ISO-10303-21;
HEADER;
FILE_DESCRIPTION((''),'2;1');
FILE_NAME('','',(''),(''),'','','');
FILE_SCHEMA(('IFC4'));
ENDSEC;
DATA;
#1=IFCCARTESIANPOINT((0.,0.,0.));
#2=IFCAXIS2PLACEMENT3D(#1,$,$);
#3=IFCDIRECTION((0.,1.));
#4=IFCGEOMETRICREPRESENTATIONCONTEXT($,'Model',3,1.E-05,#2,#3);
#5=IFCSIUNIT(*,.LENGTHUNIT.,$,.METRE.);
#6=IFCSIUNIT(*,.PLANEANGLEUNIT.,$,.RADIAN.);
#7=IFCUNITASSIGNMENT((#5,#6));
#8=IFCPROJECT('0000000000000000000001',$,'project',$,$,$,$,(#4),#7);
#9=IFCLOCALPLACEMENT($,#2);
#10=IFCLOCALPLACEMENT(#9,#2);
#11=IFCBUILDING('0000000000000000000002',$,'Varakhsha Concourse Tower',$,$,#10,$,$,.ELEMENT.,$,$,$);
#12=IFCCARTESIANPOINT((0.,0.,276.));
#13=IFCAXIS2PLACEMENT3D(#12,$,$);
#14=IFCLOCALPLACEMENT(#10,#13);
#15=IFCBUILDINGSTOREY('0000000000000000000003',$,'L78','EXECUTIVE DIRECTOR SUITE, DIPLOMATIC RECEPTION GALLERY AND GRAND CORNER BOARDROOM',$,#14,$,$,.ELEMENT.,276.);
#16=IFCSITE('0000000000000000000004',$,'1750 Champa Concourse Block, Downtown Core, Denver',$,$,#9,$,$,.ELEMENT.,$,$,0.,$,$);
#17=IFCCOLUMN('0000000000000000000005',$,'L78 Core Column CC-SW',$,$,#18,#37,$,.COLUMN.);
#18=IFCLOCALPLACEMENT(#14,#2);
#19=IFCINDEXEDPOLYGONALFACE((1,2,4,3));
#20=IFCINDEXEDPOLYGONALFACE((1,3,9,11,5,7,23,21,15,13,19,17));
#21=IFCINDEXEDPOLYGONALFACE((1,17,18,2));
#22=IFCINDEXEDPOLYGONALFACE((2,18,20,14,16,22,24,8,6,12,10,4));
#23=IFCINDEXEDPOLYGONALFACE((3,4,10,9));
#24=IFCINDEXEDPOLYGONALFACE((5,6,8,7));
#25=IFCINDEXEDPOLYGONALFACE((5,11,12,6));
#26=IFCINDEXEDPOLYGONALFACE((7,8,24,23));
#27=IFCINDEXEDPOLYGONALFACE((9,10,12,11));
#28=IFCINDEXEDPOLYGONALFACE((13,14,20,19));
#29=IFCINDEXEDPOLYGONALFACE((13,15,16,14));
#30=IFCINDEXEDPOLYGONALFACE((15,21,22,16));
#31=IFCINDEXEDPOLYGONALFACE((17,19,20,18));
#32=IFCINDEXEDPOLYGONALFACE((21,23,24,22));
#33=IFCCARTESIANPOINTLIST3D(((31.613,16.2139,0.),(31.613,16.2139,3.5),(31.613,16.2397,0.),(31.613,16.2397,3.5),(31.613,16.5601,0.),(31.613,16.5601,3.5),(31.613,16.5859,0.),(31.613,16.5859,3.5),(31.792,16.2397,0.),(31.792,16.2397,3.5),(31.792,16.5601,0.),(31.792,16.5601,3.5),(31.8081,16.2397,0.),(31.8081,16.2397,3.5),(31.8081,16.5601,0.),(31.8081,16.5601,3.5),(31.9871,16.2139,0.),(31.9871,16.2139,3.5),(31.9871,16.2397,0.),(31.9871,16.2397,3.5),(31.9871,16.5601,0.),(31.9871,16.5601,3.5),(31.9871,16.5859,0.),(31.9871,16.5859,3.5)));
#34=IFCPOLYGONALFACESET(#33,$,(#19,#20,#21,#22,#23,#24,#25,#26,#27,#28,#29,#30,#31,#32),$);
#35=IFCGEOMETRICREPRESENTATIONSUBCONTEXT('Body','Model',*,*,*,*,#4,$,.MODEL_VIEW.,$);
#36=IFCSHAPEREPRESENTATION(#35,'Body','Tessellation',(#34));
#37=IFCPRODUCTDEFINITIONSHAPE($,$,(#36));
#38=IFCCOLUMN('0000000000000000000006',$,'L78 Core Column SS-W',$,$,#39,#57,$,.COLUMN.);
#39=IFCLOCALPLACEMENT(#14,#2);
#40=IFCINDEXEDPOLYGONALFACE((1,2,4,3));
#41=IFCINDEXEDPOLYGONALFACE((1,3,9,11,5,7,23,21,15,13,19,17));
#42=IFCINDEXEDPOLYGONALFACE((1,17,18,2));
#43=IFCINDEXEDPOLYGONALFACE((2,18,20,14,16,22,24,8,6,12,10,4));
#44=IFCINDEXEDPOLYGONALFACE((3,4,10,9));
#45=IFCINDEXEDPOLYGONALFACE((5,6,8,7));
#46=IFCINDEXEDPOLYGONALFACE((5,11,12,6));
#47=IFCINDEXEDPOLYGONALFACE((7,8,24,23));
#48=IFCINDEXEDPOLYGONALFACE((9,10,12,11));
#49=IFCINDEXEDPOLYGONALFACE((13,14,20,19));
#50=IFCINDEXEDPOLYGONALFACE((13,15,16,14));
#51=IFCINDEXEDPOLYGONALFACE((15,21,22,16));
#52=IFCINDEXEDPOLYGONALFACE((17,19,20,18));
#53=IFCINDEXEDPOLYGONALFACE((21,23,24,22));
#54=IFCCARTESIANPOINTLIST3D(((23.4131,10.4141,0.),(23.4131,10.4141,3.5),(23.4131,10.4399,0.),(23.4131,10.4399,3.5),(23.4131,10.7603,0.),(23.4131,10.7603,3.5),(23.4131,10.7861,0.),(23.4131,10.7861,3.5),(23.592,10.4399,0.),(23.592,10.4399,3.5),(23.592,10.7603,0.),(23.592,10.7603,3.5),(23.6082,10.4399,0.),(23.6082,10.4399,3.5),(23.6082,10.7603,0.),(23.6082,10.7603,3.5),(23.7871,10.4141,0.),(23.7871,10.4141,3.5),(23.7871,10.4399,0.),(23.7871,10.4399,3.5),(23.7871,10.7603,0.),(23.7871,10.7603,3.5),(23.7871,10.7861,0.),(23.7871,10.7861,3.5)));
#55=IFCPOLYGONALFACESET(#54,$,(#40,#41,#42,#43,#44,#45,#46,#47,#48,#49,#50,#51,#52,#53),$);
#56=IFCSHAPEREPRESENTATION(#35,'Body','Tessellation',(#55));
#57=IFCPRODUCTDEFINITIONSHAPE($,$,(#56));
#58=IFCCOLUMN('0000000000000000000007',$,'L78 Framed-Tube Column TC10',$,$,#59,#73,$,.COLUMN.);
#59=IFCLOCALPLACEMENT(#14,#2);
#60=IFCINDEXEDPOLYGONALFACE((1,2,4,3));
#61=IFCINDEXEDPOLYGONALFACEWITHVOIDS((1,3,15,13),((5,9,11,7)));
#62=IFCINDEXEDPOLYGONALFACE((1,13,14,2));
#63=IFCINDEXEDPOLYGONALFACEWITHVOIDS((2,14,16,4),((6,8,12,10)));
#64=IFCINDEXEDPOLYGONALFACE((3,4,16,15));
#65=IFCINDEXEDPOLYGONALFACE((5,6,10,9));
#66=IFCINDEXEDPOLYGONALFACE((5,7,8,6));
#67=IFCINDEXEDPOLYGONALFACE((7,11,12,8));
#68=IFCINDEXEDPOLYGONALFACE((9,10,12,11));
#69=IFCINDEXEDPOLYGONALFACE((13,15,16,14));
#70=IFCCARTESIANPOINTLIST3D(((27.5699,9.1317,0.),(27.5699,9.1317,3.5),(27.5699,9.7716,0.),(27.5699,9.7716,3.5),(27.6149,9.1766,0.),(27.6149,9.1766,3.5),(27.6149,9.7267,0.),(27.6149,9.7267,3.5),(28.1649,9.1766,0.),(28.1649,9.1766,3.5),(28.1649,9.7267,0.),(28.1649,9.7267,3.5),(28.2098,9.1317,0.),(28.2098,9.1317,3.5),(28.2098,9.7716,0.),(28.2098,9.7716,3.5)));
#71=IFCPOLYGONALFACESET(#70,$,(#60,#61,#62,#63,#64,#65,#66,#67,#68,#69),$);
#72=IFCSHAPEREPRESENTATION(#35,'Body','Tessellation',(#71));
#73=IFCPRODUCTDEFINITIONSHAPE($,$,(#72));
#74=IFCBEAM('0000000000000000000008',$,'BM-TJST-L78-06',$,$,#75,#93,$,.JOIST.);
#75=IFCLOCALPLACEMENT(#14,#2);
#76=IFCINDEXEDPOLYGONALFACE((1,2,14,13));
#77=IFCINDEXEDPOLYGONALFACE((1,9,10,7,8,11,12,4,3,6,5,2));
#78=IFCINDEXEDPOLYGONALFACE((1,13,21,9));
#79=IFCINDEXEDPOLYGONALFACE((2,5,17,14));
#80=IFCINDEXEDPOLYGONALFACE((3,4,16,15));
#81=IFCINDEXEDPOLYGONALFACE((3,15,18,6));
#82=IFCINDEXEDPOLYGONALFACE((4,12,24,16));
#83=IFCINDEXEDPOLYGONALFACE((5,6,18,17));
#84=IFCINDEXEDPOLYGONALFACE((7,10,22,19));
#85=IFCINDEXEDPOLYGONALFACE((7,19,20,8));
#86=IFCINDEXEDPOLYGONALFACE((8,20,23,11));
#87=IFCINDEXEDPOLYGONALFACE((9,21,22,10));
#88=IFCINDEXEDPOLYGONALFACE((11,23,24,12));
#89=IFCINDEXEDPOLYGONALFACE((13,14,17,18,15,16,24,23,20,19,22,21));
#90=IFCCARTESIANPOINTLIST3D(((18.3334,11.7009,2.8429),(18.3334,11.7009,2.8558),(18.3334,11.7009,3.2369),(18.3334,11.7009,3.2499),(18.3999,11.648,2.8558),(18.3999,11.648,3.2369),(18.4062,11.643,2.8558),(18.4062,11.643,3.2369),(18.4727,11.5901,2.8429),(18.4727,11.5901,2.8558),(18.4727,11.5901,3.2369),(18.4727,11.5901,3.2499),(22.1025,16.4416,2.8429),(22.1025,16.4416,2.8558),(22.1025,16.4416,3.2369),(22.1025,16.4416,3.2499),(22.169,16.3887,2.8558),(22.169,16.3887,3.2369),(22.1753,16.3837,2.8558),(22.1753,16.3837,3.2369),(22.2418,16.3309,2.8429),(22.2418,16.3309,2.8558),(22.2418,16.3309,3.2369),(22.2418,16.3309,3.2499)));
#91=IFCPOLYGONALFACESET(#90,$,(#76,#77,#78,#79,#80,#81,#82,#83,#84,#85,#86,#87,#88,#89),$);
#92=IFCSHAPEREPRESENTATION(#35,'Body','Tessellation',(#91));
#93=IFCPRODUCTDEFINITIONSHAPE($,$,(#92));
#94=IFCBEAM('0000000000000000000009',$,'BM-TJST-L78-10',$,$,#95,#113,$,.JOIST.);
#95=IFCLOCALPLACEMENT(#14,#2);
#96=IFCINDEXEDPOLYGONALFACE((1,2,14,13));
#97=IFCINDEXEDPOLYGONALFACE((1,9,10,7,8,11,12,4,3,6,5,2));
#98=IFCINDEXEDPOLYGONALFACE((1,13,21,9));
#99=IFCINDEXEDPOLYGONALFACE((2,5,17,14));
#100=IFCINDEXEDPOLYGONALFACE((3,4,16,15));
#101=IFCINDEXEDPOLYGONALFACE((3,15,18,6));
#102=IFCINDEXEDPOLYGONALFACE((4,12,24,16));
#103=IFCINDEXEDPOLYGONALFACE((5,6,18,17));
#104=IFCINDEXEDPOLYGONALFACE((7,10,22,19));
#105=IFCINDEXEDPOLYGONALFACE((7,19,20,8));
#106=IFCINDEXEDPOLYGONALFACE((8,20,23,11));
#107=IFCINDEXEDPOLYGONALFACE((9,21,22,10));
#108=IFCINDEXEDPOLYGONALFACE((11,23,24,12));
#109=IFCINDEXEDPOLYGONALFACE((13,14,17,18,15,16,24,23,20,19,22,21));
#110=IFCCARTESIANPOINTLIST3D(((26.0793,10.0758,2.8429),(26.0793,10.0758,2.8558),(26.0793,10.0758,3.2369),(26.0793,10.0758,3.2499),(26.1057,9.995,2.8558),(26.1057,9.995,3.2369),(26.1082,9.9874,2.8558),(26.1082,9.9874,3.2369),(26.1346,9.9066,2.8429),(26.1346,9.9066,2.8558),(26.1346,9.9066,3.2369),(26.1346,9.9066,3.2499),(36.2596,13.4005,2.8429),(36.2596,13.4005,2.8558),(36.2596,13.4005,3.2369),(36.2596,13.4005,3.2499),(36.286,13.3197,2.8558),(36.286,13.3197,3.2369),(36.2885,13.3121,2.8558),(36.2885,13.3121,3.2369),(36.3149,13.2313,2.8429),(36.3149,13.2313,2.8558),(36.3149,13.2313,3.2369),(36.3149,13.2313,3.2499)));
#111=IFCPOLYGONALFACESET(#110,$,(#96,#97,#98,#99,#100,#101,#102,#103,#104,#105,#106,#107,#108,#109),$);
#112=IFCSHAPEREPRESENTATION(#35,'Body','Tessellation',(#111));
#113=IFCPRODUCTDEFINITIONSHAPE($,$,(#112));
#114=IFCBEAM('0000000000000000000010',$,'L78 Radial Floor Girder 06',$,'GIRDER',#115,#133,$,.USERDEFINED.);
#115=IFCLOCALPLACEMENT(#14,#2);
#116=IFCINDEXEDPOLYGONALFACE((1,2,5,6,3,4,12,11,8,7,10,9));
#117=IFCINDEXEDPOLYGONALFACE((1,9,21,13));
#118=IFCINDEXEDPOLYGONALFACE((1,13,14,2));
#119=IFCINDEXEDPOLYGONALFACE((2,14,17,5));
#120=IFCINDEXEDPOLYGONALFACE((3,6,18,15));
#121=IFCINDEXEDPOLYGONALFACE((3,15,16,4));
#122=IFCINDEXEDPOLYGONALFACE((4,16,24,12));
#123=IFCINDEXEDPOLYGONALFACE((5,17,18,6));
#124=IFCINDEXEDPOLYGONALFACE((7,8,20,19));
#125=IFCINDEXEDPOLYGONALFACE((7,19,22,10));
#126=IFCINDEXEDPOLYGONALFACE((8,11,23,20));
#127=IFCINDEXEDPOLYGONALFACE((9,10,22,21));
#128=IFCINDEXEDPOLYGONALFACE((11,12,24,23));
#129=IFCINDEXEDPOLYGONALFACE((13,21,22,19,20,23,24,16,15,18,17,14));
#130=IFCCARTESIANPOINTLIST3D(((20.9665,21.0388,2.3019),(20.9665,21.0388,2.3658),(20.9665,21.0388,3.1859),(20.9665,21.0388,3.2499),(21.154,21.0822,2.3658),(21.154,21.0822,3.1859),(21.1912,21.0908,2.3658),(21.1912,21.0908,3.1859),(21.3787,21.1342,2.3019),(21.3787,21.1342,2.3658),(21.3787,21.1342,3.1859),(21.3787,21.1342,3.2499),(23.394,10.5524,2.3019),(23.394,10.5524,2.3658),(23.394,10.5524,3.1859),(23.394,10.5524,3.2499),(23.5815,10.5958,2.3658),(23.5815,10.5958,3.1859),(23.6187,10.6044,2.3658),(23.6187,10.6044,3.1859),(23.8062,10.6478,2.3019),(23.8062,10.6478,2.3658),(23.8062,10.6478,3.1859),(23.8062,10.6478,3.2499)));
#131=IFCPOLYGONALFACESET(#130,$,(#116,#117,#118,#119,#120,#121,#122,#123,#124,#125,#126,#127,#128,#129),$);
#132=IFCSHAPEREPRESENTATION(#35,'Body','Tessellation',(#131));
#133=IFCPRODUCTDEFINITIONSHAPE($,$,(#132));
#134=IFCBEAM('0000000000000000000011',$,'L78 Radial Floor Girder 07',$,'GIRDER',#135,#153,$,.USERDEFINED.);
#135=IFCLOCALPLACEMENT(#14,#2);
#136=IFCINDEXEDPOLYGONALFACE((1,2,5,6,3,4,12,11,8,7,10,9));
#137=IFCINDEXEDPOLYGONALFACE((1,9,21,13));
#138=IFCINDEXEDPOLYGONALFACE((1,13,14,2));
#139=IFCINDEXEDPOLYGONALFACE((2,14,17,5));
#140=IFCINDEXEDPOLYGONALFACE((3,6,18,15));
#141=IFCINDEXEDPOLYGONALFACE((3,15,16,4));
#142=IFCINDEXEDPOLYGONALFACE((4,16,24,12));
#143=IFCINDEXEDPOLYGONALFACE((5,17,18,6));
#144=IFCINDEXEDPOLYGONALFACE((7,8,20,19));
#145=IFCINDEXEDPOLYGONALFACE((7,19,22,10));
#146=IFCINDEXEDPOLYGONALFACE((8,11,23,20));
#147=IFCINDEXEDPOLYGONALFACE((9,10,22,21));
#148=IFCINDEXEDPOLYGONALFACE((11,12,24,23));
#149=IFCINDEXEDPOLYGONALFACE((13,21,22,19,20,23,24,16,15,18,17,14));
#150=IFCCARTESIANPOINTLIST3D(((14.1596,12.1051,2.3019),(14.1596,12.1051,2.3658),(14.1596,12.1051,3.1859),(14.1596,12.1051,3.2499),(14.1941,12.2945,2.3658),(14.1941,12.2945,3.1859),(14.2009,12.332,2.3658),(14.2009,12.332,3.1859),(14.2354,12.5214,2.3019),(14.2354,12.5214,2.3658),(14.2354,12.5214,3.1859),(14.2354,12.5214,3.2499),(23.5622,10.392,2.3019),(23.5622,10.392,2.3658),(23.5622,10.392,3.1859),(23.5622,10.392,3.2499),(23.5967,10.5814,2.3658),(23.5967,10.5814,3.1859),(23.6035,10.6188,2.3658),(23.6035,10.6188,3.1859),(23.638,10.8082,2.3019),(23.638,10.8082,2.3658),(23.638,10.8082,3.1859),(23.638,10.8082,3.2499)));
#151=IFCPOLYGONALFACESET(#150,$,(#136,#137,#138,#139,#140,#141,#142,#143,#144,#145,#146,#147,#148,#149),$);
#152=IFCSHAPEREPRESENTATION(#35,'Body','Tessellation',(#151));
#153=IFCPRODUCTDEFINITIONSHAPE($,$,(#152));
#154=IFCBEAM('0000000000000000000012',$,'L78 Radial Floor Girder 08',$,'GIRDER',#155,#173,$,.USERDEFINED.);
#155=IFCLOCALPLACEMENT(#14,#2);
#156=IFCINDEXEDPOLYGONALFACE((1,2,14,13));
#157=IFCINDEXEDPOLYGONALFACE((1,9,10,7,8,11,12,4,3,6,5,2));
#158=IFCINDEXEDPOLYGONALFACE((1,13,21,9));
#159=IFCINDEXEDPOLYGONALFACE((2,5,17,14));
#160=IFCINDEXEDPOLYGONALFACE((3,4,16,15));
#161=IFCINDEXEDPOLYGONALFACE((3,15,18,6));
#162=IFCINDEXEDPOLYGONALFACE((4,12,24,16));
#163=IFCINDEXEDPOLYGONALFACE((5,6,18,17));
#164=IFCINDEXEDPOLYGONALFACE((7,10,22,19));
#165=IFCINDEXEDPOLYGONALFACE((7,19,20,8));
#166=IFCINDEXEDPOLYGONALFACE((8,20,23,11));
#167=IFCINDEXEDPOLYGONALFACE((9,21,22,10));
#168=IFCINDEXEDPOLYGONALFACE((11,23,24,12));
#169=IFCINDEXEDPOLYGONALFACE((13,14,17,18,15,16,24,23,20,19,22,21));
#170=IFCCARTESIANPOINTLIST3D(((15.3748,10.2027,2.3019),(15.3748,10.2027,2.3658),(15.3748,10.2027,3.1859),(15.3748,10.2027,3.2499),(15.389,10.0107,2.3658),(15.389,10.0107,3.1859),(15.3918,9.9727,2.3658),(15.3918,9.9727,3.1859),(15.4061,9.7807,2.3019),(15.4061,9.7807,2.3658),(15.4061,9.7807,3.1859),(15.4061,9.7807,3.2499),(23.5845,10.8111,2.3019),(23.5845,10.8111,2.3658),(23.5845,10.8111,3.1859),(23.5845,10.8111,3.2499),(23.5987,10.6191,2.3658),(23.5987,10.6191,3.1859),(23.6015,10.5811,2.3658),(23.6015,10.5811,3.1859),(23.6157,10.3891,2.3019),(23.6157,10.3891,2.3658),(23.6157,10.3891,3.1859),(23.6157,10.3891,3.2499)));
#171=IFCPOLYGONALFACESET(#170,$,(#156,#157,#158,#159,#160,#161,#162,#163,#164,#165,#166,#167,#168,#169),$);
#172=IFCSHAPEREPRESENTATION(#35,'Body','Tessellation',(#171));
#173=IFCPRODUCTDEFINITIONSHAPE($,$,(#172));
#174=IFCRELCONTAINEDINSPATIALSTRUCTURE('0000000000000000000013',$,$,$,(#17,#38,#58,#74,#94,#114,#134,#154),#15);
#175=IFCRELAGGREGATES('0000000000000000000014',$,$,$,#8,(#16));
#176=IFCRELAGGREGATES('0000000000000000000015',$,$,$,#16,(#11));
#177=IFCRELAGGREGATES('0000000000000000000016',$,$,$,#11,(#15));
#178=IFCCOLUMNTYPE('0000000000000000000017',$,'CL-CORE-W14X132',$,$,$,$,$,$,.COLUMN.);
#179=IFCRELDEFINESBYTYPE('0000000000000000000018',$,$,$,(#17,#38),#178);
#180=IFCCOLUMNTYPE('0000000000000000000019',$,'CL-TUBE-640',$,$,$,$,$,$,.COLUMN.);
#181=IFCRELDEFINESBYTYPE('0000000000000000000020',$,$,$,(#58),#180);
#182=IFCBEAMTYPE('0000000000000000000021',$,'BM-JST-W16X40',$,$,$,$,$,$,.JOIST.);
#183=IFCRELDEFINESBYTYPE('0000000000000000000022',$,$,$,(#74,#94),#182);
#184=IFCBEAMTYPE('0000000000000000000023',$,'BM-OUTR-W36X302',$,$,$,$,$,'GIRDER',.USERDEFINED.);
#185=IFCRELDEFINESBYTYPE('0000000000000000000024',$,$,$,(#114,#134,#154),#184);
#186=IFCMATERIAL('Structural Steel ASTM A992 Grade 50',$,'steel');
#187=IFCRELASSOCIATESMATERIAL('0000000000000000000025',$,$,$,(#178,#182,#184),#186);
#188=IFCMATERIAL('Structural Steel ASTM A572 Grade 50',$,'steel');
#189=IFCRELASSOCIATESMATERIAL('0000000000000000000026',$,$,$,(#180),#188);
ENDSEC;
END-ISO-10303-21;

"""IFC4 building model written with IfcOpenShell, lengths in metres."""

from ifc_helpers import new_model, si_unit, direction, frame, origin, origin_2d, place, context, subcontext, project, spatial, hollow_rectangle, i_section, extrude, material, material_profile, profile_set, type_object, element, save


model = new_model("IFC4")

# Units and contexts
model_context = context("Model", 3, precision=1e-05, world=origin(), true_north=direction((0.0, 1.0)))
body_context = subcontext(model_context, "Body", "Model", "MODEL_VIEW")
ifc_project = project(units=[si_unit("LENGTHUNIT", "METRE"), si_unit("PLANEANGLEUNIT", "RADIAN")], contexts=[model_context])

# Site, building, storey
site_placement = place(None, origin())
site = spatial("IfcSite", under=ifc_project, at=site_placement, Name="1750 Champa Concourse Block, Downtown Core, Denver", CompositionType="ELEMENT", RefElevation=0.0)
building_placement = place(site_placement, origin())
building = spatial("IfcBuilding", under=site, at=building_placement, Name="Varakhsha Concourse Tower", CompositionType="ELEMENT")
storey_placement = place(building_placement, frame((0.0, 0.0, 276.0)))
storey = spatial("IfcBuildingStorey", under=building, at=storey_placement, Name="L78", Description="EXECUTIVE DIRECTOR SUITE, DIPLOMATIC RECEPTION GALLERY AND GRAND CORNER BOARDROOM", CompositionType="ELEMENT", Elevation=276.0)

# Columns
ifc_material_1 = material(Name="Structural Steel ASTM A992 Grade 50", Category="steel")
ifc_material_profile_1 = material_profile(ifc_material_1, i_section(OverallWidth=0.374, OverallDepth=0.3721, WebThickness=0.0161, FlangeThickness=0.0259, at=origin_2d()), Name="W14X132")
ifc_profile_set_1 = profile_set([ifc_material_profile_1], Name="Structural Steel ASTM A992 Grade 50")
column_type_1 = type_object("IfcColumnType", Name="CL-CORE-W14X132", PredefinedType="COLUMN", material=ifc_profile_set_1)
for number, where, z_axis, x_axis, name in (
    (1, (31.8, 16.3999, 0.0), (0.0, 0.0, 1.0), (1.0, 0.0, 0.0), "L78 Core Column CC-SW"),
    (2, (23.6001, 10.6001, 0.0), (0.0, 0.0, 1.0), (1.0, 0.0, 0.0), "L78 Core Column SS-W"),
):
    element("IfcColumn", number, at=place(storey_placement, frame(where, z_axis=z_axis, x_axis=x_axis)), inside=storey, type_object=column_type_1, Name=name, PredefinedType="COLUMN", context=body_context, shape_type="SweptSolid", body=[
        extrude(i_section(OverallWidth=0.374, OverallDepth=0.3721, WebThickness=0.0161, FlangeThickness=0.0259, at=origin_2d()), origin(), (0.0, 0.0, 1.0), 3.5),
    ])
ifc_material_2 = material(Name="Structural Steel ASTM A572 Grade 50", Category="steel")
ifc_material_profile_2 = material_profile(ifc_material_2, hollow_rectangle(XDim=0.6399, YDim=0.6399, WallThickness=0.0449, at=origin_2d()), Name="BOX 640x640x45")
ifc_profile_set_2 = profile_set([ifc_material_profile_2], Name="Structural Steel ASTM A572 Grade 50")
column_type_2 = type_object("IfcColumnType", Name="CL-TUBE-640", PredefinedType="COLUMN", material=ifc_profile_set_2)
column_placement = place(storey_placement, frame((27.8899, 9.4517, 0.0), z_axis=(0.0, 0.0, 1.0), x_axis=(1.0, 0.0, 0.0)))
element("IfcColumn", 3, at=column_placement, inside=storey, type_object=column_type_2, Name="L78 Framed-Tube Column TC10", PredefinedType="COLUMN", context=body_context, shape_type="SweptSolid", body=[
    extrude(hollow_rectangle(XDim=0.6399, YDim=0.6399, WallThickness=0.0449, at=origin_2d()), origin(), (0.0, 0.0, 1.0), 3.5),
])

# Beams
ifc_material_profile_3 = material_profile(ifc_material_1, i_section(OverallWidth=0.178, OverallDepth=0.407, WebThickness=0.0081, FlangeThickness=0.0129, at=origin_2d()), Name="W16X40")
ifc_profile_set_3 = profile_set([ifc_material_profile_3], Name="Structural Steel ASTM A992 Grade 50")
beam_type_1 = type_object("IfcBeamType", Name="BM-JST-W16X40", PredefinedType="JOIST", material=ifc_profile_set_3)
beam_1_placement = place(storey_placement, frame((22.1721, 16.3862, 3.0464), z_axis=(-0.622323, -0.782761, 0.0), x_axis=(0.782761, -0.622323, 0.0)))
element("IfcBeam", 4, at=beam_1_placement, inside=storey, type_object=beam_type_1, Name="BM-TJST-L78-06", PredefinedType="JOIST", context=body_context, shape_type="SweptSolid", body=[
    extrude(i_section(OverallWidth=0.178, OverallDepth=0.407, WebThickness=0.0081, FlangeThickness=0.0129, at=origin_2d()), origin(), (0.0, 0.0, 1.0), 6.0564),
])
beam_2_placement = place(storey_placement, frame((26.1069, 9.9912, 3.0464), z_axis=(0.950592, 0.310443, 0.0), x_axis=(-0.310443, 0.950592, 0.0)))
element("IfcBeam", 5, at=beam_2_placement, inside=storey, type_object=beam_type_1, Name="BM-TJST-L78-10", PredefinedType="JOIST", context=body_context, shape_type="SweptSolid", body=[
    extrude(i_section(OverallWidth=0.178, OverallDepth=0.407, WebThickness=0.0081, FlangeThickness=0.0129, at=origin_2d()), origin(), (0.0, 0.0, 1.0), 10.7095),
])
ifc_material_profile_4 = material_profile(ifc_material_1, i_section(OverallWidth=0.4231, OverallDepth=0.948, WebThickness=0.0381, FlangeThickness=0.064, at=origin_2d()), Name="W36X302")
ifc_profile_set_4 = profile_set([ifc_material_profile_4], Name="Structural Steel ASTM A992 Grade 50")
beam_type_2 = type_object("IfcBeamType", Name="BM-OUTR-W36X302", ElementType="GIRDER", PredefinedType="USERDEFINED", material=ifc_profile_set_4)
beam_3_placement = place(storey_placement, frame((23.6001, 10.6001, 2.7759), z_axis=(-0.225527, 0.974237, 0.0), x_axis=(-0.974237, -0.225527, 0.0)))
element("IfcBeam", 6, at=beam_3_placement, inside=storey, type_object=beam_type_2, Name="L78 Radial Floor Girder 06", ObjectType="GIRDER", PredefinedType="USERDEFINED", context=body_context, shape_type="SweptSolid", body=[
    extrude(i_section(OverallWidth=0.4231, OverallDepth=0.948, WebThickness=0.0381, FlangeThickness=0.064, at=origin_2d()), origin(), (0.0, 0.0, 1.0), 10.7637),
])
beam_4_placement = place(storey_placement, frame((23.6001, 10.6001, 2.7759), z_axis=(-0.983804, 0.179247, 0.0), x_axis=(-0.179247, -0.983804, 0.0)))
element("IfcBeam", 7, at=beam_4_placement, inside=storey, type_object=beam_type_2, Name="L78 Radial Floor Girder 07", ObjectType="GIRDER", PredefinedType="USERDEFINED", context=body_context, shape_type="SweptSolid", body=[
    extrude(i_section(OverallWidth=0.4231, OverallDepth=0.948, WebThickness=0.0381, FlangeThickness=0.064, at=origin_2d()), origin(), (0.0, 0.0, 1.0), 9.5574),
])
beam_5_placement = place(storey_placement, frame((23.6001, 10.6001, 2.7759), z_axis=(-0.997265, -0.073904, 0.0), x_axis=(0.073904, -0.997265, 0.0)))
element("IfcBeam", 8, at=beam_5_placement, inside=storey, type_object=beam_type_2, Name="L78 Radial Floor Girder 08", ObjectType="GIRDER", PredefinedType="USERDEFINED", context=body_context, shape_type="SweptSolid", body=[
    extrude(i_section(OverallWidth=0.4231, OverallDepth=0.948, WebThickness=0.0381, FlangeThickness=0.064, at=origin_2d()), origin(), (0.0, 0.0, 1.0), 8.2322),
])

save(model, "model.ifc")
